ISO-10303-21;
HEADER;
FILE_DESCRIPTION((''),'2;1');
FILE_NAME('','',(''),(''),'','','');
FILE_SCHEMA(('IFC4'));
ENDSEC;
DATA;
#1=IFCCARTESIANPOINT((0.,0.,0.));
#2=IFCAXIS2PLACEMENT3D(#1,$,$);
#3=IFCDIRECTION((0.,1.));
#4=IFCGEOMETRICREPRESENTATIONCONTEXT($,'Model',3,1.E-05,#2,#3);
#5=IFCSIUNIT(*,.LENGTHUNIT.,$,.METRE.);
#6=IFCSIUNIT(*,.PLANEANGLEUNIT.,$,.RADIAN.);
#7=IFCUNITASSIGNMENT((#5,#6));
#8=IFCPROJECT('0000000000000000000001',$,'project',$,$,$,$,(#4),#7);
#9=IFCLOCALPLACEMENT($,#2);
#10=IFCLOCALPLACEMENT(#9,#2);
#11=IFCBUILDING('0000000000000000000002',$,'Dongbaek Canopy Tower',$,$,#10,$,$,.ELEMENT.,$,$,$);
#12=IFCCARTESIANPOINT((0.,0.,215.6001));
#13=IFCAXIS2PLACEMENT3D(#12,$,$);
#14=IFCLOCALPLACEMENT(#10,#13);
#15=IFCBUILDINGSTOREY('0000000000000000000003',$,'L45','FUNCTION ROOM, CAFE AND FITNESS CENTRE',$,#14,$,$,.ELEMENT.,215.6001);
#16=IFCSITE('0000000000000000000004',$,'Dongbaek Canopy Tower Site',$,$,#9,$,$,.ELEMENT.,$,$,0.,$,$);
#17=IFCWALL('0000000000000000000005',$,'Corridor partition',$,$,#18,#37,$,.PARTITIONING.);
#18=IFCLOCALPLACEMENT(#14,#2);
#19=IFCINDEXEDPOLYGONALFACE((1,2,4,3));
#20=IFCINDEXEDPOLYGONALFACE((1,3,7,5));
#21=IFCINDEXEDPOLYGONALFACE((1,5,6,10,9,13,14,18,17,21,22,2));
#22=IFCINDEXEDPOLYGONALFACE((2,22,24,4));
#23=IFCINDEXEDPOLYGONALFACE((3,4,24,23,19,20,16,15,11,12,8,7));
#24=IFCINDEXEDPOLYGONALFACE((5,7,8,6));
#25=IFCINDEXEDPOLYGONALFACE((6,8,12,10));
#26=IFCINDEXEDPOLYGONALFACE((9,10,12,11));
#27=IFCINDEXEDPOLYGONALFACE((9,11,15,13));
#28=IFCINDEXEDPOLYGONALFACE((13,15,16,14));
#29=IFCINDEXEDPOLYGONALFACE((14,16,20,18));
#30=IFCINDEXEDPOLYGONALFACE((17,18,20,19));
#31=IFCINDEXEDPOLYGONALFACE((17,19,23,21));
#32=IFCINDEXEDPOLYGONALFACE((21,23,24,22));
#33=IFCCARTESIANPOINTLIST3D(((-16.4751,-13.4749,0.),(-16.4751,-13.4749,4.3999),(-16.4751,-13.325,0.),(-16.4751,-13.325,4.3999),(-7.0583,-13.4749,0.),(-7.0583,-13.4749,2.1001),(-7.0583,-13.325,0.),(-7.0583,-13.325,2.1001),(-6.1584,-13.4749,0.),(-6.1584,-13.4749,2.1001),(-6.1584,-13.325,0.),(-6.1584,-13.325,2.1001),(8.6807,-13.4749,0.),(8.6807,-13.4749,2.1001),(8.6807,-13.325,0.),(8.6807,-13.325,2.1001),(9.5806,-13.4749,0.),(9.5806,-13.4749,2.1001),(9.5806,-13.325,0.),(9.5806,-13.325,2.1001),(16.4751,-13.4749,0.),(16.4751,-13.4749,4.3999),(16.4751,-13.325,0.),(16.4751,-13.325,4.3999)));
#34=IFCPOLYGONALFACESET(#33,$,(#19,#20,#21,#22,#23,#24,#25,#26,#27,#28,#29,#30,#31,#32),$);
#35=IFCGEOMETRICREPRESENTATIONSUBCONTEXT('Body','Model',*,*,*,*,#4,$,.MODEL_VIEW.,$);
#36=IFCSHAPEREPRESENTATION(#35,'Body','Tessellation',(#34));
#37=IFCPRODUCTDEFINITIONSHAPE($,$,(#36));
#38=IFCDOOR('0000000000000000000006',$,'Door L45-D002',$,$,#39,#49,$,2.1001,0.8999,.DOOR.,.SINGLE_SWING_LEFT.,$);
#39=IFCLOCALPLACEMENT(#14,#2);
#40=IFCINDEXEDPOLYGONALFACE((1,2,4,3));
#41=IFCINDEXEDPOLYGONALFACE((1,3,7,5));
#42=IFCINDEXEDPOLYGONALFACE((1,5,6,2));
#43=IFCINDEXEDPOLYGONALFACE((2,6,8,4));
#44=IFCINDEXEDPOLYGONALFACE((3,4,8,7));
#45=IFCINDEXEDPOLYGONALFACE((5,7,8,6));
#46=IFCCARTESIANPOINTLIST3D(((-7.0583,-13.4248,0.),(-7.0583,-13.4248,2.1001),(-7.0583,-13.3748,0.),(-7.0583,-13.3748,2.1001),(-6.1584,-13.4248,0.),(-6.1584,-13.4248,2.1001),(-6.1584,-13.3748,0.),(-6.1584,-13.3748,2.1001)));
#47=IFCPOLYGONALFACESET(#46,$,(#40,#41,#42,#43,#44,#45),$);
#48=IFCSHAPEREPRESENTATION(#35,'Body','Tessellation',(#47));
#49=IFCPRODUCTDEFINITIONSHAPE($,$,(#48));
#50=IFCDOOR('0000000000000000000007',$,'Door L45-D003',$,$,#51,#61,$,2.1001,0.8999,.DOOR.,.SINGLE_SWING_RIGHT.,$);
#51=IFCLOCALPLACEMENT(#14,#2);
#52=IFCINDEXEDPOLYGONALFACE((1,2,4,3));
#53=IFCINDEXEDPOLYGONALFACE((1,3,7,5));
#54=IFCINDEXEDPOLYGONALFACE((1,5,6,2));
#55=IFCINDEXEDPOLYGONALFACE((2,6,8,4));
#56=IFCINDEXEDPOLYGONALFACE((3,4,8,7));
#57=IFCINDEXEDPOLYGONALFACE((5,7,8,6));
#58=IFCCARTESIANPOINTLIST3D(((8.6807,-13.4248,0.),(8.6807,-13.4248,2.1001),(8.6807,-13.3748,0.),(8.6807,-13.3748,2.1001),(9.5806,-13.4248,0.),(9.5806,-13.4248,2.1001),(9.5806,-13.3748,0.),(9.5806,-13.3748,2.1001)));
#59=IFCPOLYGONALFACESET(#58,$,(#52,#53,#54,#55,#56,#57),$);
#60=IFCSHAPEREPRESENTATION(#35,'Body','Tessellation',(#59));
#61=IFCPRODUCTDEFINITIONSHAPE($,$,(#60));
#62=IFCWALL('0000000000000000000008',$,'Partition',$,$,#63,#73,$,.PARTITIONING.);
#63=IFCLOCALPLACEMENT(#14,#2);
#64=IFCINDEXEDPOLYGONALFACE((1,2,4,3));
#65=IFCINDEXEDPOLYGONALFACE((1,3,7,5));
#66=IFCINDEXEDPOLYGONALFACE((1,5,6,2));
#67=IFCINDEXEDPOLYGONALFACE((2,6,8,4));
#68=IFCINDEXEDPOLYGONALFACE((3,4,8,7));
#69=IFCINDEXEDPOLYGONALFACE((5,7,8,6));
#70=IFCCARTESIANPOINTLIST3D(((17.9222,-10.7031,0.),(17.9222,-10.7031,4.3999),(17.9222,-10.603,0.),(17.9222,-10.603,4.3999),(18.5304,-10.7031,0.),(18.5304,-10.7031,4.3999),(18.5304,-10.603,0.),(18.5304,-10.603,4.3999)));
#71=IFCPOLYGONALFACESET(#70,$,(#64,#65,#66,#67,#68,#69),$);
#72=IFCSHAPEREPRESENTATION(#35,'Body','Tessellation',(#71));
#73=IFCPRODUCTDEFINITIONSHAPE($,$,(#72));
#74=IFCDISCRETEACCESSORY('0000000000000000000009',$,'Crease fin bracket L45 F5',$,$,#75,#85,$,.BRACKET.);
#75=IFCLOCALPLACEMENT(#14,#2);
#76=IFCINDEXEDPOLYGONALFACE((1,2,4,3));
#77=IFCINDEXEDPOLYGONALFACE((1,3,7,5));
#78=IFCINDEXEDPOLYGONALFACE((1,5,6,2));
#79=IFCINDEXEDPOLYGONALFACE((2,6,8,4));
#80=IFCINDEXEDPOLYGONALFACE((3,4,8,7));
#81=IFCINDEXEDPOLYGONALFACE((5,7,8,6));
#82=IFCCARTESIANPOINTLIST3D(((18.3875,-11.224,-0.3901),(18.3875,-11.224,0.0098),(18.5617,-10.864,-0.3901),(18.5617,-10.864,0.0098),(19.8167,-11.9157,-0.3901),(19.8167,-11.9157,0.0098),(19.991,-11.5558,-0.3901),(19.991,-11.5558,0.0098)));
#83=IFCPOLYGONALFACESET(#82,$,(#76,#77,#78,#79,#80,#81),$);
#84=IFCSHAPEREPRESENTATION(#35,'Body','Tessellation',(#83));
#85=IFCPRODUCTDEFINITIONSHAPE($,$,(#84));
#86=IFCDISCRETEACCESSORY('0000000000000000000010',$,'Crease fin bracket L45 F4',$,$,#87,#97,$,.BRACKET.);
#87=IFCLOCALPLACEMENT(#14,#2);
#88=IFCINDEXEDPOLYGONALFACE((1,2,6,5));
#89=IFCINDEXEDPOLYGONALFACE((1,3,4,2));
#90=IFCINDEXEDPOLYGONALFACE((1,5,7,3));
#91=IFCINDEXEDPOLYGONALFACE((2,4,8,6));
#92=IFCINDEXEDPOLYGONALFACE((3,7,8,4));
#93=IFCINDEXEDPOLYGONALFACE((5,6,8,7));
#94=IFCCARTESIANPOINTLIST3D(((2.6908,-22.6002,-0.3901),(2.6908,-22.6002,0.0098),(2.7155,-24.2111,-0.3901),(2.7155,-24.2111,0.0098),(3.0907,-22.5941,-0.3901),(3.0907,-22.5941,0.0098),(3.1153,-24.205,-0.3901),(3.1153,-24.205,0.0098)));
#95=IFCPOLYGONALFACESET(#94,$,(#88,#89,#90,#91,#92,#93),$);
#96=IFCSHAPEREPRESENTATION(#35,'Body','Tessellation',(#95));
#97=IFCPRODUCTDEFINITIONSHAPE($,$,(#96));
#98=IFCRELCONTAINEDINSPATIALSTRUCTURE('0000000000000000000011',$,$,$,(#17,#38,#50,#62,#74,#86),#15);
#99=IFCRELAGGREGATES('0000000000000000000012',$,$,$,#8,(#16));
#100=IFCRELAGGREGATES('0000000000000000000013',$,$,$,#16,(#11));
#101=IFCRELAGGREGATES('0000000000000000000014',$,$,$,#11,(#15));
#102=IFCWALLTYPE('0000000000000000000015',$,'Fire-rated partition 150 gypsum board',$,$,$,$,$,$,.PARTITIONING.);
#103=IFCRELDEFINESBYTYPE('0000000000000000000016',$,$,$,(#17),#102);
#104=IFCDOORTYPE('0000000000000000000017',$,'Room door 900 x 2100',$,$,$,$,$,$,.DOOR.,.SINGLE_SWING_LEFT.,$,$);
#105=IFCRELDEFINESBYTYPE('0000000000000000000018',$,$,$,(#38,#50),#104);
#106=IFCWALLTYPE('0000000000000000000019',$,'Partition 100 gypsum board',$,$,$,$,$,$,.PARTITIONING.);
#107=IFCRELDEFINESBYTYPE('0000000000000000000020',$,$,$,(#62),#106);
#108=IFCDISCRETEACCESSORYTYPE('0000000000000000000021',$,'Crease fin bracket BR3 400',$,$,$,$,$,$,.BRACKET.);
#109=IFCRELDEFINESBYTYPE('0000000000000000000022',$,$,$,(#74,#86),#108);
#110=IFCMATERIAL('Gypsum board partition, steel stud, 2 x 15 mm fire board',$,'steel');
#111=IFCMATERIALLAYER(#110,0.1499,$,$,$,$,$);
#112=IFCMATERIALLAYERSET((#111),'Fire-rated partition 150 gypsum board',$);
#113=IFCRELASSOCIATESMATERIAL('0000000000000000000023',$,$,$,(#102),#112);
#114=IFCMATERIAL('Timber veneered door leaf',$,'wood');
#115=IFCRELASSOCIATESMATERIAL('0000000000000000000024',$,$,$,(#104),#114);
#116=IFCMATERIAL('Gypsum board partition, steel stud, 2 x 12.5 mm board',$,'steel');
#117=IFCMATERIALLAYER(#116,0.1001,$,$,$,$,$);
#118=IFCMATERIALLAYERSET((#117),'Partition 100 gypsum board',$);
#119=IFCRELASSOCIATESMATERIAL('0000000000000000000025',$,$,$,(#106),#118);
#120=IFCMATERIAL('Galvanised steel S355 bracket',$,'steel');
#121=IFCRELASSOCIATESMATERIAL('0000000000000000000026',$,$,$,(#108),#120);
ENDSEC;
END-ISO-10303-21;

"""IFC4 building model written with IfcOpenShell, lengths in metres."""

from ifc_helpers import new_model, si_unit, direction, frame, frame_2d, origin, origin_2d, place, context, subcontext, project, spatial, rectangle, extrude, material, layer, layer_set, type_object, element, fill, save


model = new_model("IFC4")

# Units and contexts
model_context = context("Model", 3, precision=1e-05, world=origin(), true_north=direction((0.0, 1.0)))
body_context = subcontext(model_context, "Body", "Model", "MODEL_VIEW")
ifc_project = project(units=[si_unit("LENGTHUNIT", "METRE"), si_unit("PLANEANGLEUNIT", "RADIAN")], contexts=[model_context])

# Site, building, storey
site_placement = place(None, origin())
site = spatial("IfcSite", under=ifc_project, at=site_placement, Name="Dongbaek Canopy Tower Site", CompositionType="ELEMENT", RefElevation=0.0)
building_placement = place(site_placement, origin())
building = spatial("IfcBuilding", under=site, at=building_placement, Name="Dongbaek Canopy Tower", CompositionType="ELEMENT")
storey_placement = place(building_placement, frame((0.0, 0.0, 215.6001)))
storey = spatial("IfcBuildingStorey", under=building, at=storey_placement, Name="L45", Description="FUNCTION ROOM, CAFE AND FITNESS CENTRE", CompositionType="ELEMENT", Elevation=215.6001)

# Wall, openings, doors
ifc_material_1 = material(Name="Gypsum board partition, steel stud, 2 x 15 mm fire board", Category="steel")
ifc_layer_1 = layer(ifc_material_1, 0.1499)
ifc_layer_set_1 = layer_set([ifc_layer_1], Name="Fire-rated partition 150 gypsum board")
wall_type_1 = type_object("IfcWallType", Name="Fire-rated partition 150 gypsum board", PredefinedType="PARTITIONING", material=ifc_layer_set_1)
wall_1_placement = place(storey_placement, frame((16.4751, -13.3999, 0.0), z_axis=(0.0, 0.0, 1.0), x_axis=(-1.0, 0.0, 0.0)))
wall_1 = element("IfcWall", 1, at=wall_1_placement, inside=storey, type_object=wall_type_1, Name="Corridor partition", PredefinedType="PARTITIONING", context=body_context, shape_type="SweptSolid", body=[
    extrude(rectangle(XDim=32.9502, YDim=0.1499, at=frame_2d((16.4751, 0.0))), origin(), (0.0, 0.0, 1.0), 4.3999),
])
opening_1_placement = place(wall_1_placement, frame((22.6335, 0.0, 0.0)))
opening_1 = element("IfcOpeningElement", 2, at=opening_1_placement, cuts=wall_1, PredefinedType="OPENING", context=body_context, shape_type="SweptSolid", body=[
    extrude(rectangle(XDim=0.8999, YDim=2.1001, at=frame_2d((0.45, 1.05))), frame((0.0, 0.085, 0.0), z_axis=(0.0, -1.0, 0.0), x_axis=(1.0, 0.0, 0.0)), (0.0, 0.0, 1.0), 0.1699),
])
opening_2_placement = place(wall_1_placement, frame((6.8945, 0.0, 0.0)))
opening_2 = element("IfcOpeningElement", 3, at=opening_2_placement, cuts=wall_1, PredefinedType="OPENING", context=body_context, shape_type="SweptSolid", body=[
    extrude(rectangle(XDim=0.8999, YDim=2.1001, at=frame_2d((0.45, 1.05))), frame((0.0, 0.085, 0.0), z_axis=(0.0, -1.0, 0.0), x_axis=(1.0, 0.0, 0.0)), (0.0, 0.0, 1.0), 0.1699),
])
ifc_material_2 = material(Name="Timber veneered door leaf", Category="wood")
door_type_1 = type_object("IfcDoorType", Name="Room door 900 x 2100", OperationType="SINGLE_SWING_LEFT", PredefinedType="DOOR", material=ifc_material_2)
door_1_placement = place(opening_1_placement, origin())
door_1 = element("IfcDoor", 4, at=door_1_placement, inside=storey, type_object=door_type_1, Name="Door L45-D002", OperationType="SINGLE_SWING_LEFT", OverallHeight=2.1001, OverallWidth=0.8999, PredefinedType="DOOR", context=body_context, shape_type="SweptSolid", body=[
    extrude(rectangle(XDim=0.8999, YDim=2.1001, at=frame_2d((0.45, 1.05))), frame((0.0, 0.0249, 0.0), z_axis=(0.0, -1.0, 0.0), x_axis=(1.0, 0.0, 0.0)), (0.0, 0.0, 1.0), 0.05),
])
fill(opening_1, door_1)
door_2_placement = place(opening_2_placement, origin())
door_2 = element("IfcDoor", 5, at=door_2_placement, inside=storey, type_object=door_type_1, Name="Door L45-D003", OperationType="SINGLE_SWING_RIGHT", OverallHeight=2.1001, OverallWidth=0.8999, PredefinedType="DOOR", context=body_context, shape_type="SweptSolid", body=[
    extrude(rectangle(XDim=0.8999, YDim=2.1001, at=frame_2d((0.45, 1.05))), frame((0.0, 0.0249, 0.0), z_axis=(0.0, -1.0, 0.0), x_axis=(1.0, 0.0, 0.0)), (0.0, 0.0, 1.0), 0.05),
])
fill(opening_2, door_2)

# Wall
ifc_material_3 = material(Name="Gypsum board partition, steel stud, 2 x 12.5 mm board", Category="steel")
ifc_layer_2 = layer(ifc_material_3, 0.1001)
ifc_layer_set_2 = layer_set([ifc_layer_2], Name="Partition 100 gypsum board")
wall_type_2 = type_object("IfcWallType", Name="Partition 100 gypsum board", PredefinedType="PARTITIONING", material=ifc_layer_set_2)
wall_2_placement = place(storey_placement, frame((17.9221, -10.6531, 0.0), z_axis=(0.0, 0.0, 1.0), x_axis=(1.0, 0.0, 0.0)))
element("IfcWall", 6, at=wall_2_placement, inside=storey, type_object=wall_type_2, Name="Partition", PredefinedType="PARTITIONING", context=body_context, shape_type="SweptSolid", body=[
    extrude(rectangle(XDim=0.6082, YDim=0.1001, at=frame_2d((0.3042, 0.0))), origin(), (0.0, 0.0, 1.0), 4.3999),
])

# Discrete accessories
ifc_material_4 = material(Name="Galvanised steel S355 bracket", Category="steel")
discrete_accessory_type = type_object("IfcDiscreteAccessoryType", Name="Crease fin bracket BR3 400", PredefinedType="BRACKET", material=ifc_material_4)
discrete_accessory_1_placement = place(storey_placement, frame((19.1892, -11.3899, -0.3901), z_axis=(0.0, 0.0, 1.0), x_axis=(0.90012, -0.435643, 0.0)))
element("IfcDiscreteAccessory", 7, at=discrete_accessory_1_placement, inside=storey, type_object=discrete_accessory_type, Name="Crease fin bracket L45 F5", PredefinedType="BRACKET", context=body_context, shape_type="SweptSolid", body=[
    extrude(rectangle(XDim=1.5879, YDim=0.3999, at=origin_2d()), origin(), (0.0, 0.0, 1.0), 0.3999),
])
discrete_accessory_2_placement = place(storey_placement, frame((2.9031, -23.4026, -0.3901), z_axis=(0.0, 0.0, 1.0), x_axis=(0.015302, -0.999883, 0.0)))
element("IfcDiscreteAccessory", 8, at=discrete_accessory_2_placement, inside=storey, type_object=discrete_accessory_type, Name="Crease fin bracket L45 F4", PredefinedType="BRACKET", context=body_context, shape_type="SweptSolid", body=[
    extrude(rectangle(XDim=1.6111, YDim=0.3999, at=origin_2d()), origin(), (0.0, 0.0, 1.0), 0.3999),
])

save(model, "model.ifc")
